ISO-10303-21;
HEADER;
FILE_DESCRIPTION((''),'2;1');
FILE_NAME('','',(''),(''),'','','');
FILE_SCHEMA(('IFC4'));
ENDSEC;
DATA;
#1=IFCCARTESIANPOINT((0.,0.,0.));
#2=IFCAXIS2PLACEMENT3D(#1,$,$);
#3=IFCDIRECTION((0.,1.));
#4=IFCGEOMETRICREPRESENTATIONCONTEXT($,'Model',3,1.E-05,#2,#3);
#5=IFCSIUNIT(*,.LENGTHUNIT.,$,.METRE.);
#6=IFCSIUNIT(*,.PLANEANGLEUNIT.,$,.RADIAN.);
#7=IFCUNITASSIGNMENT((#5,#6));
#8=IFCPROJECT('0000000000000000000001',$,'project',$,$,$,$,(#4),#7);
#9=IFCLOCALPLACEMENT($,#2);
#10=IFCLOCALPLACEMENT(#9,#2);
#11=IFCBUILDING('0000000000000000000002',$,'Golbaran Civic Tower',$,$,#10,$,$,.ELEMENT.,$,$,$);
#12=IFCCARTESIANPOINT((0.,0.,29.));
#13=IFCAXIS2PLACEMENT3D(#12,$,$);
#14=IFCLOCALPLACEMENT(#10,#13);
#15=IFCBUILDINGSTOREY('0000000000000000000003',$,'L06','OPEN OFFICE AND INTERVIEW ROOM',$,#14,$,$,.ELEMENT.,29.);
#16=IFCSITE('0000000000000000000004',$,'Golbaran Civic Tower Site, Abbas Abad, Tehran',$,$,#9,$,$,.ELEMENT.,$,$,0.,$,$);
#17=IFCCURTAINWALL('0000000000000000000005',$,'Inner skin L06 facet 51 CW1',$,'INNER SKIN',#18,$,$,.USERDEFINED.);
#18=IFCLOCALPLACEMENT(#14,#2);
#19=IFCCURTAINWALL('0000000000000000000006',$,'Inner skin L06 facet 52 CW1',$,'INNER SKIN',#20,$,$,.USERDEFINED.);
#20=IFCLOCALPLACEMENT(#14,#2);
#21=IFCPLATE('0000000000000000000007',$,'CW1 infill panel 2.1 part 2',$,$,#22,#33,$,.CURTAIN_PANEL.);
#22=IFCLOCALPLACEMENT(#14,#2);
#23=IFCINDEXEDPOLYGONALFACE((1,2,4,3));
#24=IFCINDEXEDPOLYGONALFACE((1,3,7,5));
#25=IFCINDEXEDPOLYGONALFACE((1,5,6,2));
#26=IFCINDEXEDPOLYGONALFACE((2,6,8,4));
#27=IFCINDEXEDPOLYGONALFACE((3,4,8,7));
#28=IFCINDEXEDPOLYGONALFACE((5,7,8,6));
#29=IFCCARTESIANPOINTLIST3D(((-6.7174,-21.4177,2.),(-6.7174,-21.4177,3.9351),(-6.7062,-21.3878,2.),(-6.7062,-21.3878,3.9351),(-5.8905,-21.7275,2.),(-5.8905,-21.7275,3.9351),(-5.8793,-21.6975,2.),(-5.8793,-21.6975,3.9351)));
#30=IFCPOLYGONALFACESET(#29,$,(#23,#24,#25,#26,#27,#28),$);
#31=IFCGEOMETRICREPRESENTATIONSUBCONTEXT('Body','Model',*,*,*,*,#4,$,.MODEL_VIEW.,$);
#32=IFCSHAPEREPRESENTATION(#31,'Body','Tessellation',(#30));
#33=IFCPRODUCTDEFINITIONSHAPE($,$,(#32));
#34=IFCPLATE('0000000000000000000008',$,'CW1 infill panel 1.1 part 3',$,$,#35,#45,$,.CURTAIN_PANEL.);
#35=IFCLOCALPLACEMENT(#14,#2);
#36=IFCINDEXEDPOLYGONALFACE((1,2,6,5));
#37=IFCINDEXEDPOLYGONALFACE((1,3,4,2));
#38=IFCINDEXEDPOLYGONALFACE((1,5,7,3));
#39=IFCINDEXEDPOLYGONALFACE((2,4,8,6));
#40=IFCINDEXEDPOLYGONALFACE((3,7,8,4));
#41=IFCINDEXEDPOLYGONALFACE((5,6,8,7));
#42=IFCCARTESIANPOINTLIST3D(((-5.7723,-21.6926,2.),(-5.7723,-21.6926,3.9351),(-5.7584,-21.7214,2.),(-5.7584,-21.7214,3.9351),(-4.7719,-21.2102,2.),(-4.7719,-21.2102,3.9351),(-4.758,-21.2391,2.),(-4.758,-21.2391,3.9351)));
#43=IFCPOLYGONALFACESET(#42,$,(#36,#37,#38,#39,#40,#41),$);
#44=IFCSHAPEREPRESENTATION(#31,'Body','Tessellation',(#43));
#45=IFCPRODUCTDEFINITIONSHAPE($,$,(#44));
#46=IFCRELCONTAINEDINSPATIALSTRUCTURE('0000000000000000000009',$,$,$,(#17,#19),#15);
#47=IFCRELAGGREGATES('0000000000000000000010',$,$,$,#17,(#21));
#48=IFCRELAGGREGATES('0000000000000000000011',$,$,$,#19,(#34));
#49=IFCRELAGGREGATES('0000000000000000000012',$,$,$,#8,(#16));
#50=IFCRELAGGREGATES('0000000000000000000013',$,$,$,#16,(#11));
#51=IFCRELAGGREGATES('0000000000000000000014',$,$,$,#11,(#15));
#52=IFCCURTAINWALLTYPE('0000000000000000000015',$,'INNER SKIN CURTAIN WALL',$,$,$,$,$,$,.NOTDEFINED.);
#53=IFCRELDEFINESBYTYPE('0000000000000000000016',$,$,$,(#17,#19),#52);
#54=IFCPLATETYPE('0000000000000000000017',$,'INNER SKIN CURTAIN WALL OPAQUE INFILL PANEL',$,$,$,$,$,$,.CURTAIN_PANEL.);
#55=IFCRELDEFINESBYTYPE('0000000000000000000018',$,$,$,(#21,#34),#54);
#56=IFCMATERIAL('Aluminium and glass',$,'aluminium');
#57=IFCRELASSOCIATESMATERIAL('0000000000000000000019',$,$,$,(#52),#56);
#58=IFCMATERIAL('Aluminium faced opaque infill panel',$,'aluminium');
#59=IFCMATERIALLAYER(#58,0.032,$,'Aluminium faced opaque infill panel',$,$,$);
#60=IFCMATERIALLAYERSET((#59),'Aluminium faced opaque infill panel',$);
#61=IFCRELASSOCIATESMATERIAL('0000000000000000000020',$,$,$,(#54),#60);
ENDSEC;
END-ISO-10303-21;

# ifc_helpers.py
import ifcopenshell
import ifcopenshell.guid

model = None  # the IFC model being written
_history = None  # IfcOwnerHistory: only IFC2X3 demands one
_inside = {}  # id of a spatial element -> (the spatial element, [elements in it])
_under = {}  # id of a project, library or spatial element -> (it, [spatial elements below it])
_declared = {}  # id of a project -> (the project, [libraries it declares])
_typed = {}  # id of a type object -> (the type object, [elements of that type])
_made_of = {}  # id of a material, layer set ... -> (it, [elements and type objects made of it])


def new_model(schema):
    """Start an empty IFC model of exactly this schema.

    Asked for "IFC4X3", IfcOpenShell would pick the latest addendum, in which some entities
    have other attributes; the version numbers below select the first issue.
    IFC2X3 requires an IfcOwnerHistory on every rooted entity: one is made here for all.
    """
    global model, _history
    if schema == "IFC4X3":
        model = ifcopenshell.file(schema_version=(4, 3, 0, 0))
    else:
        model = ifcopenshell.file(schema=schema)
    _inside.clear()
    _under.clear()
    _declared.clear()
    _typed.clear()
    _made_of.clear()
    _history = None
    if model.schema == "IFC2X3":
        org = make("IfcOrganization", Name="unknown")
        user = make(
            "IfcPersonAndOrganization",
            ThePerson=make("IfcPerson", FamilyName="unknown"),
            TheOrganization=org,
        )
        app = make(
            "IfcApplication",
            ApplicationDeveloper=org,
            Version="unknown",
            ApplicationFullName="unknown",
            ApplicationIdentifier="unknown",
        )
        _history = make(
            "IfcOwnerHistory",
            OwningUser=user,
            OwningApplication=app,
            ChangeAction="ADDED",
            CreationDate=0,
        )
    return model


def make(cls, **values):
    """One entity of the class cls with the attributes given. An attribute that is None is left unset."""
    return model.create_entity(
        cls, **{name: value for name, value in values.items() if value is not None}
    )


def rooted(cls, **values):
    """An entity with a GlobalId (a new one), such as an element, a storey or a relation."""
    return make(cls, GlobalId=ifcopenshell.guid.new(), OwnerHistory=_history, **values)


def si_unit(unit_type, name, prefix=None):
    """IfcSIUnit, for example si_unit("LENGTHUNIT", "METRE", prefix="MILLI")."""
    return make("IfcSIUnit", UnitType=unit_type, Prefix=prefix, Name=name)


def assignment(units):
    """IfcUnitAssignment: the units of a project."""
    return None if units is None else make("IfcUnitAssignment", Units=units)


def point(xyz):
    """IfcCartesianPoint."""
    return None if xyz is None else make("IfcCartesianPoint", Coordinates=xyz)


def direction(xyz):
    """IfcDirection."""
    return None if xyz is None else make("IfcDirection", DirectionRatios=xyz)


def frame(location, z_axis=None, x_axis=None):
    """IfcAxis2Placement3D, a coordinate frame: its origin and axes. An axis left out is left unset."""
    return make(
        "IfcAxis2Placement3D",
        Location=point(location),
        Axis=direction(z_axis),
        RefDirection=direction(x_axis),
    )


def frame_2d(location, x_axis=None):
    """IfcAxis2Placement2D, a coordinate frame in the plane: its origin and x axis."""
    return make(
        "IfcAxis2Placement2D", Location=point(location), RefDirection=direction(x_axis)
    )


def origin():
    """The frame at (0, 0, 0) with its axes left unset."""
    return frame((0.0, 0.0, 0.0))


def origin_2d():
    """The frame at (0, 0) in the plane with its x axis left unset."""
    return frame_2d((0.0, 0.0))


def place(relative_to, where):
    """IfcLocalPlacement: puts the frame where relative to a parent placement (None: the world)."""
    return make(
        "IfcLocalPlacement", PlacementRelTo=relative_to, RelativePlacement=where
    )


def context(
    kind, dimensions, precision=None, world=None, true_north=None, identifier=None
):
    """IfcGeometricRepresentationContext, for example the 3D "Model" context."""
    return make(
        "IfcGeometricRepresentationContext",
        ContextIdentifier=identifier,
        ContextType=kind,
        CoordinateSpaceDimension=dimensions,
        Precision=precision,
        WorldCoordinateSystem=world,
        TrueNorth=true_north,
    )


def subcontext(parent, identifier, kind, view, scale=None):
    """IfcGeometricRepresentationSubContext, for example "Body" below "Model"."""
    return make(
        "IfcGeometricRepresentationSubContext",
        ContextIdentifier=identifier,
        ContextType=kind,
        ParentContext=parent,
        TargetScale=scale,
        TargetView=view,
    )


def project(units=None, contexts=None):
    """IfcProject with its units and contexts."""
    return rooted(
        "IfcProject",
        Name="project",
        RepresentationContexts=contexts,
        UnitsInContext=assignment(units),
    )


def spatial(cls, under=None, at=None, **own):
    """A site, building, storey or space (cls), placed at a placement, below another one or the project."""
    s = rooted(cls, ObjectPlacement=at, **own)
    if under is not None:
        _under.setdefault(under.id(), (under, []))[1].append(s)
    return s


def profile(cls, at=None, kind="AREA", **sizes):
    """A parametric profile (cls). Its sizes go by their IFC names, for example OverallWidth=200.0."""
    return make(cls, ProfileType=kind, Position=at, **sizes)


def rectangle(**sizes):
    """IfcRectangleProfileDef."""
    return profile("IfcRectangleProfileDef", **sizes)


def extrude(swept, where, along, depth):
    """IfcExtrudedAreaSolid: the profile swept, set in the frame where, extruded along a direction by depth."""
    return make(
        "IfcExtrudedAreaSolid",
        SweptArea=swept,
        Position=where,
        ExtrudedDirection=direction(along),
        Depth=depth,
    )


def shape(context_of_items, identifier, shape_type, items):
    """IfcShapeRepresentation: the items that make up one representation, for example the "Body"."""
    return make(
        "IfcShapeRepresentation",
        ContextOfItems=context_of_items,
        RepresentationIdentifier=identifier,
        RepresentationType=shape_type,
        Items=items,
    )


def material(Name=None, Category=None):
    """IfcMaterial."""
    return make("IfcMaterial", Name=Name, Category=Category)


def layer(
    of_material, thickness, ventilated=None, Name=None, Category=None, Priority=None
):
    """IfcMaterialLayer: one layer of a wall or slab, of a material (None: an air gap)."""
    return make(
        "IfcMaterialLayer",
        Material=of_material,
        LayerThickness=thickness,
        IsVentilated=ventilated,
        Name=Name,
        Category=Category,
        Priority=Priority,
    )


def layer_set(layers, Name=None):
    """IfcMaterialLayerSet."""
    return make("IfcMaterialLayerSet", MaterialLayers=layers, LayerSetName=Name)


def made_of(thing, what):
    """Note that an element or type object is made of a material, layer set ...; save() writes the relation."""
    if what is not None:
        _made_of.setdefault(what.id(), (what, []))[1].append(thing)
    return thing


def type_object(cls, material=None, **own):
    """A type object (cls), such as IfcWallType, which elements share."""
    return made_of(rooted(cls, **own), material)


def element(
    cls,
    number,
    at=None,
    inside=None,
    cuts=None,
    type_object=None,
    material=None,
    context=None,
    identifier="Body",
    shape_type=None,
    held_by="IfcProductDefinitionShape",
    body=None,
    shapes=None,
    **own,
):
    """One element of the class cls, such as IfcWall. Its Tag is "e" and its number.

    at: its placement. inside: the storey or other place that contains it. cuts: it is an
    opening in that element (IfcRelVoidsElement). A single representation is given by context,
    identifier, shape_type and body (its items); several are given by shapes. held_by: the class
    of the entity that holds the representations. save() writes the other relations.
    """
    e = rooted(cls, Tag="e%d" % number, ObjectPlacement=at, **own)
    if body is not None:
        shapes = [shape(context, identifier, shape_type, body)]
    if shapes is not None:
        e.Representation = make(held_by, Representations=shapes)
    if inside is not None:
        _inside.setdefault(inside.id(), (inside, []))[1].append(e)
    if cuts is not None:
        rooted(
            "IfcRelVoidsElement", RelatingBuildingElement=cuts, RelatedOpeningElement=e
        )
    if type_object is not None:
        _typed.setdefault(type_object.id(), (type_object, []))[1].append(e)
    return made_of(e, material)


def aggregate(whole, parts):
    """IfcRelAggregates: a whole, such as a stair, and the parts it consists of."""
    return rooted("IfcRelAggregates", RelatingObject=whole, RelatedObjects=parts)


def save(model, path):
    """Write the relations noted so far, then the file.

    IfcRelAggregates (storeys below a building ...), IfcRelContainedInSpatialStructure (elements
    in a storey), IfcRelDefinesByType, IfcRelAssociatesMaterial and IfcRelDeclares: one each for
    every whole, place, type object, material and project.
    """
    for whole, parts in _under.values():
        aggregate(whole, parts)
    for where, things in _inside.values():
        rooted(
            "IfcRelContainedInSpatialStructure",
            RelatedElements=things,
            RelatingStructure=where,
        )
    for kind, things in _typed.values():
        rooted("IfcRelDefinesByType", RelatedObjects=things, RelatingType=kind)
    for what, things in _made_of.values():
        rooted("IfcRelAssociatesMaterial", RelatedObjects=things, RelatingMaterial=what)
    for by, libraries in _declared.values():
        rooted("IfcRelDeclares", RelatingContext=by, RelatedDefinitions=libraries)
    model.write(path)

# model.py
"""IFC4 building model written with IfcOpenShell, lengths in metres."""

from ifc_helpers import new_model, si_unit, direction, frame, origin, origin_2d, place, context, subcontext, project, spatial, rectangle, extrude, material, layer, layer_set, type_object, element, aggregate, save


model = new_model("IFC4")

# Units and contexts
model_context = context("Model", 3, precision=1e-05, world=origin(), true_north=direction((0.0, 1.0)))
body_context = subcontext(model_context, "Body", "Model", "MODEL_VIEW")
ifc_project = project(units=[si_unit("LENGTHUNIT", "METRE"), si_unit("PLANEANGLEUNIT", "RADIAN")], contexts=[model_context])

# Site, building, storey
site_placement = place(None, origin())
site = spatial("IfcSite", under=ifc_project, at=site_placement, Name="Golbaran Civic Tower Site, Abbas Abad, Tehran", CompositionType="ELEMENT", RefElevation=0.0)
building_placement = place(site_placement, origin())
building = spatial("IfcBuilding", under=site, at=building_placement, Name="Golbaran Civic Tower", CompositionType="ELEMENT")
storey_placement = place(building_placement, frame((0.0, 0.0, 29.0)))
storey = spatial("IfcBuildingStorey", under=building, at=storey_placement, Name="L06", Description="OPEN OFFICE AND INTERVIEW ROOM", CompositionType="ELEMENT", Elevation=29.0)

# Curtain wall
ifc_material_1 = material(Name="Aluminium and glass", Category="aluminium")
curtain_wall_type = type_object("IfcCurtainWallType", Name="INNER SKIN CURTAIN WALL", PredefinedType="NOTDEFINED", material=ifc_material_1)
curtain_wall_1_placement = place(storey_placement, origin())
curtain_wall_1 = element("IfcCurtainWall", 1, at=curtain_wall_1_placement, inside=storey, type_object=curtain_wall_type, Name="Inner skin L06 facet 51 CW1", ObjectType="INNER SKIN", PredefinedType="USERDEFINED")

# Curtain wall
curtain_wall_2_placement = place(storey_placement, origin())
curtain_wall_2 = element("IfcCurtainWall", 2, at=curtain_wall_2_placement, inside=storey, type_object=curtain_wall_type, Name="Inner skin L06 facet 52 CW1", ObjectType="INNER SKIN", PredefinedType="USERDEFINED")

# Plates
ifc_material_2 = material(Name="Aluminium faced opaque infill panel", Category="aluminium")
ifc_layer_1 = layer(ifc_material_2, 0.032, Name="Aluminium faced opaque infill panel")
ifc_layer_set_1 = layer_set([ifc_layer_1], Name="Aluminium faced opaque infill panel")
plate_type_1 = type_object("IfcPlateType", Name="INNER SKIN CURTAIN WALL OPAQUE INFILL PANEL", PredefinedType="CURTAIN_PANEL", material=ifc_layer_set_1)
plate_1_placement = place(storey_placement, frame((-6.2983, -21.5576, 2.0), z_axis=(0.0, 0.0, 1.0), x_axis=(0.936447, -0.350808, 0.0)))
plate_1 = element("IfcPlate", 3, at=plate_1_placement, type_object=plate_type_1, Name="CW1 infill panel 2.1 part 2", PredefinedType="CURTAIN_PANEL", context=body_context, shape_type="SweptSolid", body=[
    extrude(rectangle(XDim=0.8831, YDim=0.032, at=origin_2d()), origin(), (0.0, 0.0, 1.0), 1.9351),
])
aggregate(curtain_wall_1, [plate_1])
plate_2_placement = place(storey_placement, frame((-5.2651, -21.4658, 2.0), z_axis=(0.0, 0.0, 1.0), x_axis=(0.900767, 0.434302, 0.0)))
plate_2 = element("IfcPlate", 4, at=plate_2_placement, type_object=plate_type_1, Name="CW1 infill panel 1.1 part 3", PredefinedType="CURTAIN_PANEL", context=body_context, shape_type="SweptSolid", body=[
    extrude(rectangle(XDim=1.1106, YDim=0.032, at=origin_2d()), origin(), (0.0, 0.0, 1.0), 1.9351),
])
aggregate(curtain_wall_2, [plate_2])

save(model, "model.ifc")
